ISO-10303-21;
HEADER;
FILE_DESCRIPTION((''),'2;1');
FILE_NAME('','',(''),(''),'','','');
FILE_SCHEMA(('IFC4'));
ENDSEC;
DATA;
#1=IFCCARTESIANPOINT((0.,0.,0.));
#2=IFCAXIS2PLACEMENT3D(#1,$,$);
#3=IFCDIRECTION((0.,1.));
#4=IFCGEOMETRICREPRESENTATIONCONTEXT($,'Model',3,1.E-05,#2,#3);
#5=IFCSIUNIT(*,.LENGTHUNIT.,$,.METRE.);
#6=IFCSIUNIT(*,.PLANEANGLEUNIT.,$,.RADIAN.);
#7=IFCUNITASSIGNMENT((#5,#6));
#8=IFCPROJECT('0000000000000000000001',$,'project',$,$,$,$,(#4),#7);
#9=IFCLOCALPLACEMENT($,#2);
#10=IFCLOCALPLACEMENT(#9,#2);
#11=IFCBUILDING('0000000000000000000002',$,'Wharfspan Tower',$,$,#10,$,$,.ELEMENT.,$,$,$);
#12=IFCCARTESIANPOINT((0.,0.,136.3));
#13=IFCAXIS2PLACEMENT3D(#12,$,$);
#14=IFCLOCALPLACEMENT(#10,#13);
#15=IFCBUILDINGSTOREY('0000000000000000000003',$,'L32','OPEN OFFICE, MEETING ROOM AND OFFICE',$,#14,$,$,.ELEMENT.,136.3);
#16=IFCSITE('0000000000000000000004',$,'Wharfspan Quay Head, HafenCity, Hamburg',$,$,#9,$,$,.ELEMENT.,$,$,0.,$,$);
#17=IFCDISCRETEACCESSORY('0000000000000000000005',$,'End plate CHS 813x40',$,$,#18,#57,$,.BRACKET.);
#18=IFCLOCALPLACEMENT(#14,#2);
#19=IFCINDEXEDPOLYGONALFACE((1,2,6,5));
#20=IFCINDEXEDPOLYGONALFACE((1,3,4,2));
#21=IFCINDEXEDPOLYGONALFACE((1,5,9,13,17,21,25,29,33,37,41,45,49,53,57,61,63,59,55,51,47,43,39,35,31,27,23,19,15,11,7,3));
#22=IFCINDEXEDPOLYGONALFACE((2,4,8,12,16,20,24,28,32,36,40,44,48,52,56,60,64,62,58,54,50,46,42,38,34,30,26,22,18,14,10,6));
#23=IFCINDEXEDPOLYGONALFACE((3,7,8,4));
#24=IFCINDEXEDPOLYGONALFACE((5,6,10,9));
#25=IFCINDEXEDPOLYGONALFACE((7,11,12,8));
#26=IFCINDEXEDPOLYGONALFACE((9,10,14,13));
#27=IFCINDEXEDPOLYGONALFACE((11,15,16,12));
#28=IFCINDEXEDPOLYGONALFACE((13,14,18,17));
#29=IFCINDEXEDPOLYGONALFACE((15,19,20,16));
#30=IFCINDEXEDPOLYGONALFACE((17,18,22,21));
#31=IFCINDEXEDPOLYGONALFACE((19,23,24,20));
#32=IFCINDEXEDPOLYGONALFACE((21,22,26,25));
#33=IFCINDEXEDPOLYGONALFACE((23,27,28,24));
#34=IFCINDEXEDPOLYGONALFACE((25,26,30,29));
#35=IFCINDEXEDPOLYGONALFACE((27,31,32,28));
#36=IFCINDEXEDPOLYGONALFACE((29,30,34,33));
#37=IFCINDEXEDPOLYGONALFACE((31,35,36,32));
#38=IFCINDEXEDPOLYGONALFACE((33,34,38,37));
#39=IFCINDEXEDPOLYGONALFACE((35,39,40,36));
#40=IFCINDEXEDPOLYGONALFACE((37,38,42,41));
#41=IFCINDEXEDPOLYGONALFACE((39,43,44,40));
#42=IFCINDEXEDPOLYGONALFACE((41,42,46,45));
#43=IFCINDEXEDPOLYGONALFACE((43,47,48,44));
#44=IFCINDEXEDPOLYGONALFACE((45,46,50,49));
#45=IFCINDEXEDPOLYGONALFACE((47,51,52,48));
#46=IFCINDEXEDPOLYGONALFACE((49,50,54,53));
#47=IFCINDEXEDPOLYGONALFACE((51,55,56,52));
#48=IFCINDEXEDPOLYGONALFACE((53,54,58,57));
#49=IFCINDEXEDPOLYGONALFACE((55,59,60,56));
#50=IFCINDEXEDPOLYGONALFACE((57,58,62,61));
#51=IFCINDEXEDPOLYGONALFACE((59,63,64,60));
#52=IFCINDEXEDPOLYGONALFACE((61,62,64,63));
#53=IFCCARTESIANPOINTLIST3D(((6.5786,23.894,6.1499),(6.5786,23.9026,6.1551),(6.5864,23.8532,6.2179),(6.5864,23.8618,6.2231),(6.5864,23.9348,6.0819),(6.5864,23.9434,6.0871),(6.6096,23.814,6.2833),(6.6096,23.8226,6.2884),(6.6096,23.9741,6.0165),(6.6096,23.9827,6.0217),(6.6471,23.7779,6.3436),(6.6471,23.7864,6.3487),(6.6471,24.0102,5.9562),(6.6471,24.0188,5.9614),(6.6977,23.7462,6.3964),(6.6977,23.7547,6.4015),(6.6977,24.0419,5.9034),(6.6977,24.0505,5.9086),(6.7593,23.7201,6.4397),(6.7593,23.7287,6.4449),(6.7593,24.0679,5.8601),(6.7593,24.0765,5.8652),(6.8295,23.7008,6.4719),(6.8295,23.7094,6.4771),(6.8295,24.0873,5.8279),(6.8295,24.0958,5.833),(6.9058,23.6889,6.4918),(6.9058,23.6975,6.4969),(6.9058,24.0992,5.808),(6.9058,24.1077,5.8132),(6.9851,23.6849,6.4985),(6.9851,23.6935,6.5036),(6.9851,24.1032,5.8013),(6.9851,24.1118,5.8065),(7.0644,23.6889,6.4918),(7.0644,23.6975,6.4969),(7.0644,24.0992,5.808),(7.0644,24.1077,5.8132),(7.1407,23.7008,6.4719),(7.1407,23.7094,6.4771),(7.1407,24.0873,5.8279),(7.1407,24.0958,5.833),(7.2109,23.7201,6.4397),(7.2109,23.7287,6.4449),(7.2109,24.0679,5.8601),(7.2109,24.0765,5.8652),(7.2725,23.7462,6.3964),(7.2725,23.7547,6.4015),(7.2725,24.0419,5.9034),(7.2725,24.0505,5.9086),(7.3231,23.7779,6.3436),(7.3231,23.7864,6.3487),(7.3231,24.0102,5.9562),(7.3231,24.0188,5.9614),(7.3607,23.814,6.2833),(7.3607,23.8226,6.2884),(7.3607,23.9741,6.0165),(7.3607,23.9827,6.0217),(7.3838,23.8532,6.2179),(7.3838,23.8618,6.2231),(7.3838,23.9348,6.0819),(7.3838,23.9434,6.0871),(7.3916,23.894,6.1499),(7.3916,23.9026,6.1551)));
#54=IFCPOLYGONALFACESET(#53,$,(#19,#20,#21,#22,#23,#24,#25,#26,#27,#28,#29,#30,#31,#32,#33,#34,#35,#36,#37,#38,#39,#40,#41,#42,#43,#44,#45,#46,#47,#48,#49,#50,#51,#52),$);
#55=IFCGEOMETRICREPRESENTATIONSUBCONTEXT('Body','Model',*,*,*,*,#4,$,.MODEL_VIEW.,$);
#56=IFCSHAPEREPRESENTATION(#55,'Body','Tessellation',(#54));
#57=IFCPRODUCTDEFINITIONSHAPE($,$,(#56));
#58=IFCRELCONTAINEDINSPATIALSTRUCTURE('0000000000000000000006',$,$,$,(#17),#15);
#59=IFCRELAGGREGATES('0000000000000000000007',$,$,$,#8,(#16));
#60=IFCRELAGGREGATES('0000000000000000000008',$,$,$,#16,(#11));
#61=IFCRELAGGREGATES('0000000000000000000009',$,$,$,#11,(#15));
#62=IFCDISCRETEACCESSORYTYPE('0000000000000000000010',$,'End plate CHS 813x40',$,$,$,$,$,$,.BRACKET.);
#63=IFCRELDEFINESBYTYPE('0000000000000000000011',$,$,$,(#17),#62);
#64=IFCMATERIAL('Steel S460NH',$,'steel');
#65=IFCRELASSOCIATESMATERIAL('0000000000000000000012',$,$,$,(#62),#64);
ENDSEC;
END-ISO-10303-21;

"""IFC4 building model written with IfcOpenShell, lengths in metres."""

from ifc_helpers import new_model, si_unit, direction, frame, origin, origin_2d, place, context, subcontext, project, spatial, circle, extrude, material, material_profile, profile_set, type_object, element, save


model = new_model("IFC4")

# Units and contexts
model_context = context("Model", 3, precision=1e-05, world=origin(), true_north=direction((0.0, 1.0)))
body_context = subcontext(model_context, "Body", "Model", "MODEL_VIEW")
ifc_project = project(units=[si_unit("LENGTHUNIT", "METRE"), si_unit("PLANEANGLEUNIT", "RADIAN")], contexts=[model_context])

# Site, building, storey
site_placement = place(None, origin())
site = spatial("IfcSite", under=ifc_project, at=site_placement, Name="Wharfspan Quay Head, HafenCity, Hamburg", CompositionType="ELEMENT", RefElevation=0.0)
building_placement = place(site_placement, origin())
building = spatial("IfcBuilding", under=site, at=building_placement, Name="Wharfspan Tower", CompositionType="ELEMENT")
storey_placement = place(building_placement, frame((0.0, 0.0, 136.3)))
storey = spatial("IfcBuildingStorey", under=building, at=storey_placement, Name="L32", Description="OPEN OFFICE, MEETING ROOM AND OFFICE", CompositionType="ELEMENT", Elevation=136.3)

# Shared definitions
ifc_material_1 = material(Name="Steel S460NH", Category="steel")

# Discrete accessory
ifc_material_profile_1 = material_profile(ifc_material_1, circle(Radius=0.4065, at=origin_2d()))
ifc_profile_set_1 = profile_set([ifc_material_profile_1], Name="Steel S460NH")
discrete_accessory_type = type_object("IfcDiscreteAccessoryType", Name="End plate CHS 813x40", PredefinedType="BRACKET", material=ifc_profile_set_1)
for number, where, z_axis, x_axis, name in (
    (1, (6.9851, 23.894, 6.1499), (0.0, 0.857493, 0.514496), (-1.0, 0.0, 0.0), "End plate CHS 813x40"),
):
    element("IfcDiscreteAccessory", number, at=place(storey_placement, frame(where, z_axis=z_axis, x_axis=x_axis)), inside=storey, type_object=discrete_accessory_type, Name=name, PredefinedType="BRACKET", context=body_context, shape_type="SweptSolid", body=[
        extrude(circle(Radius=0.4065, at=origin_2d()), origin(), (0.0, 0.0, 1.0), 0.01),
    ])

save(model, "model.ifc")
